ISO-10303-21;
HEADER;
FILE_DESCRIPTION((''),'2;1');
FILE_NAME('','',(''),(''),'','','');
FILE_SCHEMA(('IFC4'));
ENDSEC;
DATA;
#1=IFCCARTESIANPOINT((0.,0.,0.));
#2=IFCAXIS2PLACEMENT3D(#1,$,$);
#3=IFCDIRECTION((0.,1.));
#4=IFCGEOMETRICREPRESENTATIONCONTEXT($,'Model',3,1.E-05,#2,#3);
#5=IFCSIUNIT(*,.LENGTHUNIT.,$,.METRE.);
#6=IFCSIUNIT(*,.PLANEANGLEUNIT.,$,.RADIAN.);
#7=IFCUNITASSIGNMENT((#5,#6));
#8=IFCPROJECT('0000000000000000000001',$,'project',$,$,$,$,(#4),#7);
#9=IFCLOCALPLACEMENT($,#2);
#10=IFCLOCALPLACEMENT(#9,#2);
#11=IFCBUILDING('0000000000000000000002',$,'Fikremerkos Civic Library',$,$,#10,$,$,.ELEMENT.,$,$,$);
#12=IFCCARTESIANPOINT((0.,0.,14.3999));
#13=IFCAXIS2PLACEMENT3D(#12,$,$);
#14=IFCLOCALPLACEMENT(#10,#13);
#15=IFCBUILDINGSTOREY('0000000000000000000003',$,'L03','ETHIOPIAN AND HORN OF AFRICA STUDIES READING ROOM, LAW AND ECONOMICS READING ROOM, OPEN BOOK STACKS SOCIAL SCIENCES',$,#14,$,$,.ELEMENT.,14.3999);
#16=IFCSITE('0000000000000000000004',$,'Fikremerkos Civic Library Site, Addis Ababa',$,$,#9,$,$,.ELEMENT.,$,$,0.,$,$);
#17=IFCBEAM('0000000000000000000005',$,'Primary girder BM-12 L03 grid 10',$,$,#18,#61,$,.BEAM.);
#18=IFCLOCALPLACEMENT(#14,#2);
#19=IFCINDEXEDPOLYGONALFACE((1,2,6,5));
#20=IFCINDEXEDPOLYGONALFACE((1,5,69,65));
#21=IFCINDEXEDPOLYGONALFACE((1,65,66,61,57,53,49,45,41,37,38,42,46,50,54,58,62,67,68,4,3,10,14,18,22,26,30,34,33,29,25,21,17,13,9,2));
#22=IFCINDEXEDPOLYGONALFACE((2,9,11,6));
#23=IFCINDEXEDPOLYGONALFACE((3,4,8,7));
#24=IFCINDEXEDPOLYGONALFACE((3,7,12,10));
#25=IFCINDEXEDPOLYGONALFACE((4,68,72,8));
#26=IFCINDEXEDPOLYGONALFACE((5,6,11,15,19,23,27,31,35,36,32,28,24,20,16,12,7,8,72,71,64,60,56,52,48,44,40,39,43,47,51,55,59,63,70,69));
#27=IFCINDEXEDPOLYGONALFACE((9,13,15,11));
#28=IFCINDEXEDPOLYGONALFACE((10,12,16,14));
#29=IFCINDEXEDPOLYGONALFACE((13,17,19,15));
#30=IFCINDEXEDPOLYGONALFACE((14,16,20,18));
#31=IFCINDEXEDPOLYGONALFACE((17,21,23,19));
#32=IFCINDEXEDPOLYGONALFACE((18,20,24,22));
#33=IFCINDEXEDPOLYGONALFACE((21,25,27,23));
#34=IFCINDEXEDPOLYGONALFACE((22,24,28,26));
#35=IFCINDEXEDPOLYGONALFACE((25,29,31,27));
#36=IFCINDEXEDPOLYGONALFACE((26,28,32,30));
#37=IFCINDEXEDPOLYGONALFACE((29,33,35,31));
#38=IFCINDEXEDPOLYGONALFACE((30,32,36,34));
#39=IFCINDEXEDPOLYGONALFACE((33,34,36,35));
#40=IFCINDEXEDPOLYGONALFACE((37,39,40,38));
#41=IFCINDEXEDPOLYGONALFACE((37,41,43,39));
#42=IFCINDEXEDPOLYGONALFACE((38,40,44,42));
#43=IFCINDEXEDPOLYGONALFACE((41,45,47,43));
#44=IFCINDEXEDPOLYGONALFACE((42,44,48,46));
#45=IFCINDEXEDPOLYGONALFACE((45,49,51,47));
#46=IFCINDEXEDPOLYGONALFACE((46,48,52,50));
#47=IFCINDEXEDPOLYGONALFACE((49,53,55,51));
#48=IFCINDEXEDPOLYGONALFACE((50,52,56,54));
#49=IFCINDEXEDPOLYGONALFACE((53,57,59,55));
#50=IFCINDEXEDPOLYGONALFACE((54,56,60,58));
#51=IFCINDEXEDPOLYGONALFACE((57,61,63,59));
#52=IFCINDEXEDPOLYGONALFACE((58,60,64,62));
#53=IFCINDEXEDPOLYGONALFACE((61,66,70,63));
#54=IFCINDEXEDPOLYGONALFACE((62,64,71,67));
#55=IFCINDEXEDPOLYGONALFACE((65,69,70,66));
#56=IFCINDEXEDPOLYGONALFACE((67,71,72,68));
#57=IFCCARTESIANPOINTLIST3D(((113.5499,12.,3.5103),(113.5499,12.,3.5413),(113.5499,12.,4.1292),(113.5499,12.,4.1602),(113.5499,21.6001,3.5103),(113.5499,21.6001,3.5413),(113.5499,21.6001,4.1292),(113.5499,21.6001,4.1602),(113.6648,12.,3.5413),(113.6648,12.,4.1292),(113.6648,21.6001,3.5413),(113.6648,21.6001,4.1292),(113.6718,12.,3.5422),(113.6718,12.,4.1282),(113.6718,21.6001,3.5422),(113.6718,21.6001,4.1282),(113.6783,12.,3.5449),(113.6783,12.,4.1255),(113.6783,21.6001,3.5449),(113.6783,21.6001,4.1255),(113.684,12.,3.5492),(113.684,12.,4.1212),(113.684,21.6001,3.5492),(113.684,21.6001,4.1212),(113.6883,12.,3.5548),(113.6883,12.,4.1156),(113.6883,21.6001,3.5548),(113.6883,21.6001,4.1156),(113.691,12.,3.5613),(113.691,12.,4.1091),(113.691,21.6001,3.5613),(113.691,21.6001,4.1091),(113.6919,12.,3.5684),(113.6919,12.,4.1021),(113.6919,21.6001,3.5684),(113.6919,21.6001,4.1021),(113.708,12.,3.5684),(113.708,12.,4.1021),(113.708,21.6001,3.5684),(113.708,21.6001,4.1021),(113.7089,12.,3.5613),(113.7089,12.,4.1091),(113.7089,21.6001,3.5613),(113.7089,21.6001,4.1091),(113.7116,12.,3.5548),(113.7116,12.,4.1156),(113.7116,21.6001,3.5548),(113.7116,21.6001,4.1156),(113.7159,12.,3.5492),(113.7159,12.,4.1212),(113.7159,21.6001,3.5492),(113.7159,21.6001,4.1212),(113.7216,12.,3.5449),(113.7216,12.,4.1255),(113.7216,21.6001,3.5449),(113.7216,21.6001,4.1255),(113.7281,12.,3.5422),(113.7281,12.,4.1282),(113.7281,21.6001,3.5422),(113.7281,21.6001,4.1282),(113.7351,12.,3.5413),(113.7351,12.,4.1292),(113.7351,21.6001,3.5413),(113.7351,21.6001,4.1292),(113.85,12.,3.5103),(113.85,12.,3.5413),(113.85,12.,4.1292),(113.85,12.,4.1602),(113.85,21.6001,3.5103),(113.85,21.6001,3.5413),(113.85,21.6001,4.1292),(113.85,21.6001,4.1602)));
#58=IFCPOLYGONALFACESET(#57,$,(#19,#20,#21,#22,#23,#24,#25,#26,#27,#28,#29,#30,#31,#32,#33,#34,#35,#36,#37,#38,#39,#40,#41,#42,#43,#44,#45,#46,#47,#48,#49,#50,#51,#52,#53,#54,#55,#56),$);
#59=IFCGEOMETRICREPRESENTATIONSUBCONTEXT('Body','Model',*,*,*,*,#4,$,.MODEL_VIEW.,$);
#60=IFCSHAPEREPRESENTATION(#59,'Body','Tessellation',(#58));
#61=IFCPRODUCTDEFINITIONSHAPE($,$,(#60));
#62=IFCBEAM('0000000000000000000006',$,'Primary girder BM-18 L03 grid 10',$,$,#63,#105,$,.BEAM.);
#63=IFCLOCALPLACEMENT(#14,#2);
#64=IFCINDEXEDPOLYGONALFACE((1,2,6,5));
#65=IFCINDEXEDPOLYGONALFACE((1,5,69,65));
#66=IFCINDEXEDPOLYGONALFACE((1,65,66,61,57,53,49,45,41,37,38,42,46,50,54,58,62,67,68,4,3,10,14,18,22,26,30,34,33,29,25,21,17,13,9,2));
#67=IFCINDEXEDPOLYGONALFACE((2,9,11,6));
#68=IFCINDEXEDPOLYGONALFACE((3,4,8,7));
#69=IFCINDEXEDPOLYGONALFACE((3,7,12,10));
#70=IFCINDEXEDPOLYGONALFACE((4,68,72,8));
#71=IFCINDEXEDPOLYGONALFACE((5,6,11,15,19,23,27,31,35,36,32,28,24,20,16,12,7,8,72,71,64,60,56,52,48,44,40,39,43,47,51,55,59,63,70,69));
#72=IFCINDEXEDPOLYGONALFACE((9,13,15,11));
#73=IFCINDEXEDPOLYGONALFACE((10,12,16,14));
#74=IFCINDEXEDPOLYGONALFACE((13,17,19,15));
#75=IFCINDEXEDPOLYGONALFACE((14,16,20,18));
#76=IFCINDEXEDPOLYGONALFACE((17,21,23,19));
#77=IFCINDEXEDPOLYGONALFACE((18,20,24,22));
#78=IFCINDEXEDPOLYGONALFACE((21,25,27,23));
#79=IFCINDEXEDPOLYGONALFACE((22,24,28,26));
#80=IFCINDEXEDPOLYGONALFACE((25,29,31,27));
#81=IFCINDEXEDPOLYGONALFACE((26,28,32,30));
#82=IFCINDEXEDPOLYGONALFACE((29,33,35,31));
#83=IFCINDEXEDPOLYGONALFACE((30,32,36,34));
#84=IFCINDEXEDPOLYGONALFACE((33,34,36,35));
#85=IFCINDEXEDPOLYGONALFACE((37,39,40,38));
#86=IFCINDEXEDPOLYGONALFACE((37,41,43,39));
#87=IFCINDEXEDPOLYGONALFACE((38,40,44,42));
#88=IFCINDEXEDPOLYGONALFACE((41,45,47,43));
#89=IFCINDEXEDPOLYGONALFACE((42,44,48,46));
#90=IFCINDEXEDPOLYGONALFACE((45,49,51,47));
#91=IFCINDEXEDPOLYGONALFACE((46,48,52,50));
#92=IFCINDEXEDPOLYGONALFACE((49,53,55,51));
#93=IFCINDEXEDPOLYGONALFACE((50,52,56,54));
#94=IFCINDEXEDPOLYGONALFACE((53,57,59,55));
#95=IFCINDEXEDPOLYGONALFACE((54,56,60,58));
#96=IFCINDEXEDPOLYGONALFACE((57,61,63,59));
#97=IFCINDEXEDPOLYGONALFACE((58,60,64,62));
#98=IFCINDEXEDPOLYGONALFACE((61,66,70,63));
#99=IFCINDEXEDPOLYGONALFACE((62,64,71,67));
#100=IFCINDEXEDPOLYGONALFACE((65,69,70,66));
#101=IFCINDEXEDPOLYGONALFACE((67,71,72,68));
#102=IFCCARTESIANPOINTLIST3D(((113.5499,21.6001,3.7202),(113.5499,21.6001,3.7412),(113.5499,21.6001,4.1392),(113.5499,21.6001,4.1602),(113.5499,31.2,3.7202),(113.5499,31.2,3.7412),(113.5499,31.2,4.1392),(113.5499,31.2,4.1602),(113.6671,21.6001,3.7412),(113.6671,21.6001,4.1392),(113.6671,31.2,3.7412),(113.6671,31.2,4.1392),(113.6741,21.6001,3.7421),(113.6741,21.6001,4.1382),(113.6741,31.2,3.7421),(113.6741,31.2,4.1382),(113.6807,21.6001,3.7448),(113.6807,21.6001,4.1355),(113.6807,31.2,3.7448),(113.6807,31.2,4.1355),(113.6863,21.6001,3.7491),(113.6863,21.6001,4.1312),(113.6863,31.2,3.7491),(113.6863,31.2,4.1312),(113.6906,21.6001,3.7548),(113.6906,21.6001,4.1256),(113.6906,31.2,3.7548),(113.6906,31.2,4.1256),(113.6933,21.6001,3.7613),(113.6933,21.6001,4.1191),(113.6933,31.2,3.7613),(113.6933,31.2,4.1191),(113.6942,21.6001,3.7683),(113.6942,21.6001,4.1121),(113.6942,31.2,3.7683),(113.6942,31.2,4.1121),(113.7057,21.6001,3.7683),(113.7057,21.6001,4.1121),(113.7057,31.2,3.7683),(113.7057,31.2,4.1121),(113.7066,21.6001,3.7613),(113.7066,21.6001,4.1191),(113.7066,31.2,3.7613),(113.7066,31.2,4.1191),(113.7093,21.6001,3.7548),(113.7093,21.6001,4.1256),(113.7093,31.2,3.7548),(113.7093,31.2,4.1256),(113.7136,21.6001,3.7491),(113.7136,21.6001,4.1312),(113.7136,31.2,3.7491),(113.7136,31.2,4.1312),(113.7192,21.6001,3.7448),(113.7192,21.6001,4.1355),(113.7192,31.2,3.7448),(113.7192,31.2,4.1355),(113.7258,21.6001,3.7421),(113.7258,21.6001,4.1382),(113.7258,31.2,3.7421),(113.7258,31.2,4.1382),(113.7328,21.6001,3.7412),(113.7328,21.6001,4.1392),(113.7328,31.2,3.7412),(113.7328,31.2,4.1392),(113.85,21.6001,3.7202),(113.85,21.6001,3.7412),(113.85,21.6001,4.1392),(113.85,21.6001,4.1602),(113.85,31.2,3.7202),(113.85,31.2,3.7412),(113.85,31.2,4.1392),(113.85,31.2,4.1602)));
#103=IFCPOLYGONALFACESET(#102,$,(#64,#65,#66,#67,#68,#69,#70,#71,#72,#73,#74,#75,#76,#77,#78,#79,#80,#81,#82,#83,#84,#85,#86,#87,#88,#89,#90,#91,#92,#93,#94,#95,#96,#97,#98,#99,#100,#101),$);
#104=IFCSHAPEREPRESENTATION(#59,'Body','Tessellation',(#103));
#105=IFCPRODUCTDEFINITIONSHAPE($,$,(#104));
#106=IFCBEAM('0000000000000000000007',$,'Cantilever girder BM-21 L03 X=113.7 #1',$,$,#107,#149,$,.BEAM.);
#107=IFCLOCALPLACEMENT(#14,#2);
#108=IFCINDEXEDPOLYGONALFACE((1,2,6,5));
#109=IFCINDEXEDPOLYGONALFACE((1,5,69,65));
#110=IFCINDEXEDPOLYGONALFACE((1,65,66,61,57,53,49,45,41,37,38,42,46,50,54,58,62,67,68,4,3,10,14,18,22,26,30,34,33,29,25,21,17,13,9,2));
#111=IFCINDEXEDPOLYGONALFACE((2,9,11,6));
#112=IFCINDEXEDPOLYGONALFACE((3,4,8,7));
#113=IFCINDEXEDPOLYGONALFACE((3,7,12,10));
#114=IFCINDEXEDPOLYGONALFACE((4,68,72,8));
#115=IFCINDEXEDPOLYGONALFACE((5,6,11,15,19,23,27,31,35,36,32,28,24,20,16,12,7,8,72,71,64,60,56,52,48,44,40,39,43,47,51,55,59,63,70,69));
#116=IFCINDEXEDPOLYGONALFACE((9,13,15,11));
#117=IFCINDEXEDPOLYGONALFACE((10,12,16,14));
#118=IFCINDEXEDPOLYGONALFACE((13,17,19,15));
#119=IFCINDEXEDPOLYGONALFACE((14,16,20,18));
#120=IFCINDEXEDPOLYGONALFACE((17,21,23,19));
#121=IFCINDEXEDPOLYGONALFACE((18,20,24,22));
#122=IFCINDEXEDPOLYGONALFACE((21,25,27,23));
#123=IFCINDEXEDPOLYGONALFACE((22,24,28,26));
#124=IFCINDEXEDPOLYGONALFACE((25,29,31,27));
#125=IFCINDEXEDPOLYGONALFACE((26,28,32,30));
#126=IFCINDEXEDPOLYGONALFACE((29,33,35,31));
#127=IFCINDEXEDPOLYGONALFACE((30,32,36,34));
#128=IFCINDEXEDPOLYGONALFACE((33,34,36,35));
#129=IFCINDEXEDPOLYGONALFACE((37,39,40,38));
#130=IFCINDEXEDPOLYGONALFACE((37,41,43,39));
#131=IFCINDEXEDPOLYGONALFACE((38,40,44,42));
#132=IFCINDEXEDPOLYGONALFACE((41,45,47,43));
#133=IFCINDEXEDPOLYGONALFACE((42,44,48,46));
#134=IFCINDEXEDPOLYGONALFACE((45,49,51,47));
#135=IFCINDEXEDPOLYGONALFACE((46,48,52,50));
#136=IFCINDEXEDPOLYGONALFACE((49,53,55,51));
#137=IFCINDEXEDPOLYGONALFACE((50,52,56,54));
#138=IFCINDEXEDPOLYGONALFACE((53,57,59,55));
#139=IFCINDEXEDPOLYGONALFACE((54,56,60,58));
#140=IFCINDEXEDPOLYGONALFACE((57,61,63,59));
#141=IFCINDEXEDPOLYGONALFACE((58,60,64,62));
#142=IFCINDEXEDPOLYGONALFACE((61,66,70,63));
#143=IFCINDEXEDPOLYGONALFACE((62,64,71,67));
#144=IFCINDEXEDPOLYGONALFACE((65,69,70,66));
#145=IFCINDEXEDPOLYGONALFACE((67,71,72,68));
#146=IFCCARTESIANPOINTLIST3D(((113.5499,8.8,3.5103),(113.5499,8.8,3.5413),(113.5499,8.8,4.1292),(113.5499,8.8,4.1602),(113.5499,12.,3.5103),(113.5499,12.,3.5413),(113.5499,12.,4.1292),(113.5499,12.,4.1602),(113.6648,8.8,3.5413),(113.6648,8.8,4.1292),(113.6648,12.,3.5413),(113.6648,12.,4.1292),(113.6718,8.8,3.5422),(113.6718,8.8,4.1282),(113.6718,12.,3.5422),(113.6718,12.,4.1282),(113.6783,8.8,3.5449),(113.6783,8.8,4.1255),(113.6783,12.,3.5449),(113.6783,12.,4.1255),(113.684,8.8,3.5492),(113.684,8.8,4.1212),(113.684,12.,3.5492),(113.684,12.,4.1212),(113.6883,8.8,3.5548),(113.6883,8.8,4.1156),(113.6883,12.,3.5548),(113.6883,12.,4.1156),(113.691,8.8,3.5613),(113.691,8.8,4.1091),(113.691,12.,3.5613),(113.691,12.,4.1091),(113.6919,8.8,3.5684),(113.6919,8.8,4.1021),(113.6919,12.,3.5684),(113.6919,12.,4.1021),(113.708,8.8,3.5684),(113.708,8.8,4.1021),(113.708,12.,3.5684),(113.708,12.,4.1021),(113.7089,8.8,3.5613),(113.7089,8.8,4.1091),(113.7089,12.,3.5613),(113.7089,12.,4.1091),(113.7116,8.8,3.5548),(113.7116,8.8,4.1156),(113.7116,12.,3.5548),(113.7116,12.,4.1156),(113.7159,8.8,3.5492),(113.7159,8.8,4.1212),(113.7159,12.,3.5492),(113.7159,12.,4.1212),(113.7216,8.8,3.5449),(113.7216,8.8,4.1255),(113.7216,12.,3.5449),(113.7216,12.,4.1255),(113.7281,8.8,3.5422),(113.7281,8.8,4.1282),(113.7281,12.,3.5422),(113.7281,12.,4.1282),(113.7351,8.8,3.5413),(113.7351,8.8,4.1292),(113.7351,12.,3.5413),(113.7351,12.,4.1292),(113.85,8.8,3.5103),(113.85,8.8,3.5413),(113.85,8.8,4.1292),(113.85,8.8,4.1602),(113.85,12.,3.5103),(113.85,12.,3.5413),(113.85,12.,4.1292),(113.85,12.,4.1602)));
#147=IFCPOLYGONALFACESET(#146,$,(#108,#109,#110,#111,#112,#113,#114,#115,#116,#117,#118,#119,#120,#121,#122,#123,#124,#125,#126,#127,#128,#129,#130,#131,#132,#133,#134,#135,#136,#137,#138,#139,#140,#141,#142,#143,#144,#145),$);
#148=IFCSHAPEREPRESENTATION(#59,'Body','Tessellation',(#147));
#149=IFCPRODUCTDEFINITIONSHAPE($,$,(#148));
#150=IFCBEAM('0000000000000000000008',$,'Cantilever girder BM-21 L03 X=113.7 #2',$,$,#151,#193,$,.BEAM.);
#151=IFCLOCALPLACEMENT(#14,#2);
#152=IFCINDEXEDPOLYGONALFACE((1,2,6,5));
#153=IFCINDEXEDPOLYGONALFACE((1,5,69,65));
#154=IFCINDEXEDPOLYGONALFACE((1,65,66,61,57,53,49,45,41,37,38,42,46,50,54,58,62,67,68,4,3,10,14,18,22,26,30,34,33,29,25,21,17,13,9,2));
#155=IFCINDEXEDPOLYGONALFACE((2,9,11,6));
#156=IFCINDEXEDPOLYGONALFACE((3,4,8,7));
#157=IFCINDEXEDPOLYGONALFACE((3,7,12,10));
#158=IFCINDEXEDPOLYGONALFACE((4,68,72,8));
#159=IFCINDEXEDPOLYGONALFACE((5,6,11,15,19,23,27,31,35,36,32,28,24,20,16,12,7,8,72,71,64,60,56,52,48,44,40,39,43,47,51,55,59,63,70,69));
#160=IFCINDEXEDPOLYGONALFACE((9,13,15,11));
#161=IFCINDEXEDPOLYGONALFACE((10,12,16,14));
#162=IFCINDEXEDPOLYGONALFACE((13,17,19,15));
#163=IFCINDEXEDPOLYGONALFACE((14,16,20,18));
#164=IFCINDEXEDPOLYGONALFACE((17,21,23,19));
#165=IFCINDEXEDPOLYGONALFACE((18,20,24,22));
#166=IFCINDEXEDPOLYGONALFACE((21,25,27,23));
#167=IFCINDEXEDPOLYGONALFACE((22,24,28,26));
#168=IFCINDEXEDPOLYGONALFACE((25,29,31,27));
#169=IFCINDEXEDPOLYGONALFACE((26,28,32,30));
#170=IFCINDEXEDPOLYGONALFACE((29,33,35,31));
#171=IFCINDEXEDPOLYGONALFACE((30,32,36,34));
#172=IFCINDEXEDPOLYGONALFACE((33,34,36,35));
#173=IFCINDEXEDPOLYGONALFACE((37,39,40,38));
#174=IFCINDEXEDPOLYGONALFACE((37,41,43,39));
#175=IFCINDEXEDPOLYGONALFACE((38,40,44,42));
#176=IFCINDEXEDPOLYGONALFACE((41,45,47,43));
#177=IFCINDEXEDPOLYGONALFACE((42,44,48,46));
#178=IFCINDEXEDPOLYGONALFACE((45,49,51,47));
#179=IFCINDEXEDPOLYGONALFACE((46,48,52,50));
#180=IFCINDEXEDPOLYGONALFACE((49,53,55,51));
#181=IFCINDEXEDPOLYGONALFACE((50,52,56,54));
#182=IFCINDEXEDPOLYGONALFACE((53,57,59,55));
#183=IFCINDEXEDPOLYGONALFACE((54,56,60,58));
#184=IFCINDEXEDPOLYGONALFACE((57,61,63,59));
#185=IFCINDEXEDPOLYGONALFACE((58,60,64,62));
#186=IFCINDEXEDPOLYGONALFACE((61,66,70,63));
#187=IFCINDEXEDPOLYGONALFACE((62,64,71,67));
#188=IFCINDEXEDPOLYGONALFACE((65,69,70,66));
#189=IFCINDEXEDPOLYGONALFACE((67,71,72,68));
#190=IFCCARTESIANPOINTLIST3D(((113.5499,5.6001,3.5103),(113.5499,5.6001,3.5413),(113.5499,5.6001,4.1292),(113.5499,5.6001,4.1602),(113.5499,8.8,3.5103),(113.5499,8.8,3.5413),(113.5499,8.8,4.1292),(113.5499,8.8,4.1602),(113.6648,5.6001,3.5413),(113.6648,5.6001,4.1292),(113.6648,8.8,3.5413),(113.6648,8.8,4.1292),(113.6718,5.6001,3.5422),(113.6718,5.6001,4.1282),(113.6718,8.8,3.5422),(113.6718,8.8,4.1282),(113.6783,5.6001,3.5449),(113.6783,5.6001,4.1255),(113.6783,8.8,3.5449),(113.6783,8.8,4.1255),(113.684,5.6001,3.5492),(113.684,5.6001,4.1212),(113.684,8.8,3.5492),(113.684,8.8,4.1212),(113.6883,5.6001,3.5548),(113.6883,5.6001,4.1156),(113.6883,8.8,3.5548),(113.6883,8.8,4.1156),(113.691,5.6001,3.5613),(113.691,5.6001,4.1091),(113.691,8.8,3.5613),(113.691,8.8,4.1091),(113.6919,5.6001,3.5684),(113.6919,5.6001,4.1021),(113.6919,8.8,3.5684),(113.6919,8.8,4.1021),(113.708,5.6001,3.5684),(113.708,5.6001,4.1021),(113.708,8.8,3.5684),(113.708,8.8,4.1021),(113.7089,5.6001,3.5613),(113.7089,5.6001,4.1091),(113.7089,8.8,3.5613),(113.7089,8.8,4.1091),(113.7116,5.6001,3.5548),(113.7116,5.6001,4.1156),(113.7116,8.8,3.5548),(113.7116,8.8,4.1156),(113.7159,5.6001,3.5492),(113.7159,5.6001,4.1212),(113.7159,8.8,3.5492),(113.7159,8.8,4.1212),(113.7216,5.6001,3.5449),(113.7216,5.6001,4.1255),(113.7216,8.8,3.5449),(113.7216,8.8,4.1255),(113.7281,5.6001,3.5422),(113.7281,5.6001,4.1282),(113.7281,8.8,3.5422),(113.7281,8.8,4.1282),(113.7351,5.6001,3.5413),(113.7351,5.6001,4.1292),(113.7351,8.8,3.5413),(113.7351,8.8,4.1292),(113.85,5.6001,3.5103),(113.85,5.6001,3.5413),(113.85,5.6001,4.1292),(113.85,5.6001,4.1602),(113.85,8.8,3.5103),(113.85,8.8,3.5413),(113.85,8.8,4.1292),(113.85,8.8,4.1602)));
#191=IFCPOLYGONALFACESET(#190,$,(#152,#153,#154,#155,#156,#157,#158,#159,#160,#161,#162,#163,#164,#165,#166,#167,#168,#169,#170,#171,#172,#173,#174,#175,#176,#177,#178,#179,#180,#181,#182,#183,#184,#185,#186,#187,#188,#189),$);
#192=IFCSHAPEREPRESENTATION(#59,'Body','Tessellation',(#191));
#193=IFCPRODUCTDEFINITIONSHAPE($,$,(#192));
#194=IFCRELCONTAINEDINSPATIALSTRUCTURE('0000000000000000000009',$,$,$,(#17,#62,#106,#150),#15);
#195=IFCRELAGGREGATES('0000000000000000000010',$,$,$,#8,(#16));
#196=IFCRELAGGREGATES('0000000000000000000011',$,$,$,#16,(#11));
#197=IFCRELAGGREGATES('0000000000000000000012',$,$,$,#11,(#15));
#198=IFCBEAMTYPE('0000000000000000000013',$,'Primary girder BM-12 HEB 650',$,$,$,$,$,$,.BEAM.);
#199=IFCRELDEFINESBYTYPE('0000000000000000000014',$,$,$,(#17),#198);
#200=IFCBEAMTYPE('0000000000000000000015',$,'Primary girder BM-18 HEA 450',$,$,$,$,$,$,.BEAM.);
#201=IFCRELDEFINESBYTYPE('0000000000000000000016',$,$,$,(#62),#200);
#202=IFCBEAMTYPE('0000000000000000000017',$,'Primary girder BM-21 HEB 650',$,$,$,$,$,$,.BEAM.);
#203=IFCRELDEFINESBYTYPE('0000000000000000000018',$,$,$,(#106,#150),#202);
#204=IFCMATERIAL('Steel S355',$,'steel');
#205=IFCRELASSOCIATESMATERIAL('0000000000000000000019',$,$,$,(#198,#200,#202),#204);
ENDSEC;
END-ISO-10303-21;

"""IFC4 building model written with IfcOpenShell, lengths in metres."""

from ifc_helpers import new_model, si_unit, direction, frame, origin, origin_2d, place, context, subcontext, project, spatial, i_section, extrude, material, material_profile, profile_set, type_object, element, save


model = new_model("IFC4")

# Units and contexts
model_context = context("Model", 3, precision=1e-05, world=origin(), true_north=direction((0.0, 1.0)))
body_context = subcontext(model_context, "Body", "Model", "MODEL_VIEW")
ifc_project = project(units=[si_unit("LENGTHUNIT", "METRE"), si_unit("PLANEANGLEUNIT", "RADIAN")], contexts=[model_context])

# Site, building, storey
site_placement = place(None, origin())
site = spatial("IfcSite", under=ifc_project, at=site_placement, Name="Fikremerkos Civic Library Site, Addis Ababa", CompositionType="ELEMENT", RefElevation=0.0)
building_placement = place(site_placement, origin())
building = spatial("IfcBuilding", under=site, at=building_placement, Name="Fikremerkos Civic Library", CompositionType="ELEMENT")
storey_placement = place(building_placement, frame((0.0, 0.0, 14.3999)))
storey = spatial("IfcBuildingStorey", under=building, at=storey_placement, Name="L03", Description="ETHIOPIAN AND HORN OF AFRICA STUDIES READING ROOM, LAW AND ECONOMICS READING ROOM, OPEN BOOK STACKS SOCIAL SCIENCES", CompositionType="ELEMENT", Elevation=14.3999)

# Shared definitions
ifc_material_1 = material(Name="Steel S355", Category="steel")

# Beams
ifc_material_profile_1 = material_profile(ifc_material_1, i_section(OverallWidth=0.3, OverallDepth=0.6499, WebThickness=0.0161, FlangeThickness=0.031, FilletRadius=0.0271, at=origin_2d()), Name="HEB 650")
ifc_profile_set_1 = profile_set([ifc_material_profile_1], Name="Steel S355")
beam_type_1 = type_object("IfcBeamType", Name="Primary girder BM-12 HEB 650", PredefinedType="BEAM", material=ifc_profile_set_1)
beam_1_placement = place(storey_placement, frame((113.7, 12.0, 3.8352), z_axis=(0.0, 1.0, 0.0), x_axis=(-1.0, 0.0, 0.0)))
element("IfcBeam", 1, at=beam_1_placement, inside=storey, type_object=beam_type_1, Name="Primary girder BM-12 L03 grid 10", PredefinedType="BEAM", context=body_context, shape_type="SweptSolid", body=[
    extrude(i_section(OverallWidth=0.3, OverallDepth=0.6499, WebThickness=0.0161, FlangeThickness=0.031, FilletRadius=0.0271, at=origin_2d()), origin(), (0.0, 0.0, 1.0), 9.6001),
])
ifc_material_profile_2 = material_profile(ifc_material_1, i_section(OverallWidth=0.3, OverallDepth=0.4399, WebThickness=0.0115, FlangeThickness=0.021, FilletRadius=0.0271, at=origin_2d()), Name="HEA 450")
ifc_profile_set_2 = profile_set([ifc_material_profile_2], Name="Steel S355")
beam_type_2 = type_object("IfcBeamType", Name="Primary girder BM-18 HEA 450", PredefinedType="BEAM", material=ifc_profile_set_2)
beam_2_placement = place(storey_placement, frame((113.7, 21.6001, 3.9402), z_axis=(0.0, 1.0, 0.0), x_axis=(-1.0, 0.0, 0.0)))
element("IfcBeam", 2, at=beam_2_placement, inside=storey, type_object=beam_type_2, Name="Primary girder BM-18 L03 grid 10", PredefinedType="BEAM", context=body_context, shape_type="SweptSolid", body=[
    extrude(i_section(OverallWidth=0.3, OverallDepth=0.4399, WebThickness=0.0115, FlangeThickness=0.021, FilletRadius=0.0271, at=origin_2d()), origin(), (0.0, 0.0, 1.0), 9.5999),
])
ifc_material_profile_3 = material_profile(ifc_material_1, i_section(OverallWidth=0.3, OverallDepth=0.6499, WebThickness=0.0161, FlangeThickness=0.031, FilletRadius=0.0271, at=origin_2d()), Name="HEB 650")
ifc_profile_set_3 = profile_set([ifc_material_profile_3], Name="Steel S355")
beam_type_3 = type_object("IfcBeamType", Name="Primary girder BM-21 HEB 650", PredefinedType="BEAM", material=ifc_profile_set_3)
for number, where, z_axis, x_axis, name in (
    (3, (113.7, 12.0, 3.8352), (0.0, -1.0, 0.0), (1.0, 0.0, 0.0), "Cantilever girder BM-21 L03 X=113.7 #1"),
    (4, (113.7, 8.8, 3.8352), (0.0, -1.0, 0.0), (1.0, 0.0, 0.0), "Cantilever girder BM-21 L03 X=113.7 #2"),
):
    element("IfcBeam", number, at=place(storey_placement, frame(where, z_axis=z_axis, x_axis=x_axis)), inside=storey, type_object=beam_type_3, Name=name, PredefinedType="BEAM", context=body_context, shape_type="SweptSolid", body=[
        extrude(i_section(OverallWidth=0.3, OverallDepth=0.6499, WebThickness=0.0161, FlangeThickness=0.031, FilletRadius=0.0271, at=origin_2d()), origin(), (0.0, 0.0, 1.0), 3.2),
    ])

save(model, "model.ifc")
